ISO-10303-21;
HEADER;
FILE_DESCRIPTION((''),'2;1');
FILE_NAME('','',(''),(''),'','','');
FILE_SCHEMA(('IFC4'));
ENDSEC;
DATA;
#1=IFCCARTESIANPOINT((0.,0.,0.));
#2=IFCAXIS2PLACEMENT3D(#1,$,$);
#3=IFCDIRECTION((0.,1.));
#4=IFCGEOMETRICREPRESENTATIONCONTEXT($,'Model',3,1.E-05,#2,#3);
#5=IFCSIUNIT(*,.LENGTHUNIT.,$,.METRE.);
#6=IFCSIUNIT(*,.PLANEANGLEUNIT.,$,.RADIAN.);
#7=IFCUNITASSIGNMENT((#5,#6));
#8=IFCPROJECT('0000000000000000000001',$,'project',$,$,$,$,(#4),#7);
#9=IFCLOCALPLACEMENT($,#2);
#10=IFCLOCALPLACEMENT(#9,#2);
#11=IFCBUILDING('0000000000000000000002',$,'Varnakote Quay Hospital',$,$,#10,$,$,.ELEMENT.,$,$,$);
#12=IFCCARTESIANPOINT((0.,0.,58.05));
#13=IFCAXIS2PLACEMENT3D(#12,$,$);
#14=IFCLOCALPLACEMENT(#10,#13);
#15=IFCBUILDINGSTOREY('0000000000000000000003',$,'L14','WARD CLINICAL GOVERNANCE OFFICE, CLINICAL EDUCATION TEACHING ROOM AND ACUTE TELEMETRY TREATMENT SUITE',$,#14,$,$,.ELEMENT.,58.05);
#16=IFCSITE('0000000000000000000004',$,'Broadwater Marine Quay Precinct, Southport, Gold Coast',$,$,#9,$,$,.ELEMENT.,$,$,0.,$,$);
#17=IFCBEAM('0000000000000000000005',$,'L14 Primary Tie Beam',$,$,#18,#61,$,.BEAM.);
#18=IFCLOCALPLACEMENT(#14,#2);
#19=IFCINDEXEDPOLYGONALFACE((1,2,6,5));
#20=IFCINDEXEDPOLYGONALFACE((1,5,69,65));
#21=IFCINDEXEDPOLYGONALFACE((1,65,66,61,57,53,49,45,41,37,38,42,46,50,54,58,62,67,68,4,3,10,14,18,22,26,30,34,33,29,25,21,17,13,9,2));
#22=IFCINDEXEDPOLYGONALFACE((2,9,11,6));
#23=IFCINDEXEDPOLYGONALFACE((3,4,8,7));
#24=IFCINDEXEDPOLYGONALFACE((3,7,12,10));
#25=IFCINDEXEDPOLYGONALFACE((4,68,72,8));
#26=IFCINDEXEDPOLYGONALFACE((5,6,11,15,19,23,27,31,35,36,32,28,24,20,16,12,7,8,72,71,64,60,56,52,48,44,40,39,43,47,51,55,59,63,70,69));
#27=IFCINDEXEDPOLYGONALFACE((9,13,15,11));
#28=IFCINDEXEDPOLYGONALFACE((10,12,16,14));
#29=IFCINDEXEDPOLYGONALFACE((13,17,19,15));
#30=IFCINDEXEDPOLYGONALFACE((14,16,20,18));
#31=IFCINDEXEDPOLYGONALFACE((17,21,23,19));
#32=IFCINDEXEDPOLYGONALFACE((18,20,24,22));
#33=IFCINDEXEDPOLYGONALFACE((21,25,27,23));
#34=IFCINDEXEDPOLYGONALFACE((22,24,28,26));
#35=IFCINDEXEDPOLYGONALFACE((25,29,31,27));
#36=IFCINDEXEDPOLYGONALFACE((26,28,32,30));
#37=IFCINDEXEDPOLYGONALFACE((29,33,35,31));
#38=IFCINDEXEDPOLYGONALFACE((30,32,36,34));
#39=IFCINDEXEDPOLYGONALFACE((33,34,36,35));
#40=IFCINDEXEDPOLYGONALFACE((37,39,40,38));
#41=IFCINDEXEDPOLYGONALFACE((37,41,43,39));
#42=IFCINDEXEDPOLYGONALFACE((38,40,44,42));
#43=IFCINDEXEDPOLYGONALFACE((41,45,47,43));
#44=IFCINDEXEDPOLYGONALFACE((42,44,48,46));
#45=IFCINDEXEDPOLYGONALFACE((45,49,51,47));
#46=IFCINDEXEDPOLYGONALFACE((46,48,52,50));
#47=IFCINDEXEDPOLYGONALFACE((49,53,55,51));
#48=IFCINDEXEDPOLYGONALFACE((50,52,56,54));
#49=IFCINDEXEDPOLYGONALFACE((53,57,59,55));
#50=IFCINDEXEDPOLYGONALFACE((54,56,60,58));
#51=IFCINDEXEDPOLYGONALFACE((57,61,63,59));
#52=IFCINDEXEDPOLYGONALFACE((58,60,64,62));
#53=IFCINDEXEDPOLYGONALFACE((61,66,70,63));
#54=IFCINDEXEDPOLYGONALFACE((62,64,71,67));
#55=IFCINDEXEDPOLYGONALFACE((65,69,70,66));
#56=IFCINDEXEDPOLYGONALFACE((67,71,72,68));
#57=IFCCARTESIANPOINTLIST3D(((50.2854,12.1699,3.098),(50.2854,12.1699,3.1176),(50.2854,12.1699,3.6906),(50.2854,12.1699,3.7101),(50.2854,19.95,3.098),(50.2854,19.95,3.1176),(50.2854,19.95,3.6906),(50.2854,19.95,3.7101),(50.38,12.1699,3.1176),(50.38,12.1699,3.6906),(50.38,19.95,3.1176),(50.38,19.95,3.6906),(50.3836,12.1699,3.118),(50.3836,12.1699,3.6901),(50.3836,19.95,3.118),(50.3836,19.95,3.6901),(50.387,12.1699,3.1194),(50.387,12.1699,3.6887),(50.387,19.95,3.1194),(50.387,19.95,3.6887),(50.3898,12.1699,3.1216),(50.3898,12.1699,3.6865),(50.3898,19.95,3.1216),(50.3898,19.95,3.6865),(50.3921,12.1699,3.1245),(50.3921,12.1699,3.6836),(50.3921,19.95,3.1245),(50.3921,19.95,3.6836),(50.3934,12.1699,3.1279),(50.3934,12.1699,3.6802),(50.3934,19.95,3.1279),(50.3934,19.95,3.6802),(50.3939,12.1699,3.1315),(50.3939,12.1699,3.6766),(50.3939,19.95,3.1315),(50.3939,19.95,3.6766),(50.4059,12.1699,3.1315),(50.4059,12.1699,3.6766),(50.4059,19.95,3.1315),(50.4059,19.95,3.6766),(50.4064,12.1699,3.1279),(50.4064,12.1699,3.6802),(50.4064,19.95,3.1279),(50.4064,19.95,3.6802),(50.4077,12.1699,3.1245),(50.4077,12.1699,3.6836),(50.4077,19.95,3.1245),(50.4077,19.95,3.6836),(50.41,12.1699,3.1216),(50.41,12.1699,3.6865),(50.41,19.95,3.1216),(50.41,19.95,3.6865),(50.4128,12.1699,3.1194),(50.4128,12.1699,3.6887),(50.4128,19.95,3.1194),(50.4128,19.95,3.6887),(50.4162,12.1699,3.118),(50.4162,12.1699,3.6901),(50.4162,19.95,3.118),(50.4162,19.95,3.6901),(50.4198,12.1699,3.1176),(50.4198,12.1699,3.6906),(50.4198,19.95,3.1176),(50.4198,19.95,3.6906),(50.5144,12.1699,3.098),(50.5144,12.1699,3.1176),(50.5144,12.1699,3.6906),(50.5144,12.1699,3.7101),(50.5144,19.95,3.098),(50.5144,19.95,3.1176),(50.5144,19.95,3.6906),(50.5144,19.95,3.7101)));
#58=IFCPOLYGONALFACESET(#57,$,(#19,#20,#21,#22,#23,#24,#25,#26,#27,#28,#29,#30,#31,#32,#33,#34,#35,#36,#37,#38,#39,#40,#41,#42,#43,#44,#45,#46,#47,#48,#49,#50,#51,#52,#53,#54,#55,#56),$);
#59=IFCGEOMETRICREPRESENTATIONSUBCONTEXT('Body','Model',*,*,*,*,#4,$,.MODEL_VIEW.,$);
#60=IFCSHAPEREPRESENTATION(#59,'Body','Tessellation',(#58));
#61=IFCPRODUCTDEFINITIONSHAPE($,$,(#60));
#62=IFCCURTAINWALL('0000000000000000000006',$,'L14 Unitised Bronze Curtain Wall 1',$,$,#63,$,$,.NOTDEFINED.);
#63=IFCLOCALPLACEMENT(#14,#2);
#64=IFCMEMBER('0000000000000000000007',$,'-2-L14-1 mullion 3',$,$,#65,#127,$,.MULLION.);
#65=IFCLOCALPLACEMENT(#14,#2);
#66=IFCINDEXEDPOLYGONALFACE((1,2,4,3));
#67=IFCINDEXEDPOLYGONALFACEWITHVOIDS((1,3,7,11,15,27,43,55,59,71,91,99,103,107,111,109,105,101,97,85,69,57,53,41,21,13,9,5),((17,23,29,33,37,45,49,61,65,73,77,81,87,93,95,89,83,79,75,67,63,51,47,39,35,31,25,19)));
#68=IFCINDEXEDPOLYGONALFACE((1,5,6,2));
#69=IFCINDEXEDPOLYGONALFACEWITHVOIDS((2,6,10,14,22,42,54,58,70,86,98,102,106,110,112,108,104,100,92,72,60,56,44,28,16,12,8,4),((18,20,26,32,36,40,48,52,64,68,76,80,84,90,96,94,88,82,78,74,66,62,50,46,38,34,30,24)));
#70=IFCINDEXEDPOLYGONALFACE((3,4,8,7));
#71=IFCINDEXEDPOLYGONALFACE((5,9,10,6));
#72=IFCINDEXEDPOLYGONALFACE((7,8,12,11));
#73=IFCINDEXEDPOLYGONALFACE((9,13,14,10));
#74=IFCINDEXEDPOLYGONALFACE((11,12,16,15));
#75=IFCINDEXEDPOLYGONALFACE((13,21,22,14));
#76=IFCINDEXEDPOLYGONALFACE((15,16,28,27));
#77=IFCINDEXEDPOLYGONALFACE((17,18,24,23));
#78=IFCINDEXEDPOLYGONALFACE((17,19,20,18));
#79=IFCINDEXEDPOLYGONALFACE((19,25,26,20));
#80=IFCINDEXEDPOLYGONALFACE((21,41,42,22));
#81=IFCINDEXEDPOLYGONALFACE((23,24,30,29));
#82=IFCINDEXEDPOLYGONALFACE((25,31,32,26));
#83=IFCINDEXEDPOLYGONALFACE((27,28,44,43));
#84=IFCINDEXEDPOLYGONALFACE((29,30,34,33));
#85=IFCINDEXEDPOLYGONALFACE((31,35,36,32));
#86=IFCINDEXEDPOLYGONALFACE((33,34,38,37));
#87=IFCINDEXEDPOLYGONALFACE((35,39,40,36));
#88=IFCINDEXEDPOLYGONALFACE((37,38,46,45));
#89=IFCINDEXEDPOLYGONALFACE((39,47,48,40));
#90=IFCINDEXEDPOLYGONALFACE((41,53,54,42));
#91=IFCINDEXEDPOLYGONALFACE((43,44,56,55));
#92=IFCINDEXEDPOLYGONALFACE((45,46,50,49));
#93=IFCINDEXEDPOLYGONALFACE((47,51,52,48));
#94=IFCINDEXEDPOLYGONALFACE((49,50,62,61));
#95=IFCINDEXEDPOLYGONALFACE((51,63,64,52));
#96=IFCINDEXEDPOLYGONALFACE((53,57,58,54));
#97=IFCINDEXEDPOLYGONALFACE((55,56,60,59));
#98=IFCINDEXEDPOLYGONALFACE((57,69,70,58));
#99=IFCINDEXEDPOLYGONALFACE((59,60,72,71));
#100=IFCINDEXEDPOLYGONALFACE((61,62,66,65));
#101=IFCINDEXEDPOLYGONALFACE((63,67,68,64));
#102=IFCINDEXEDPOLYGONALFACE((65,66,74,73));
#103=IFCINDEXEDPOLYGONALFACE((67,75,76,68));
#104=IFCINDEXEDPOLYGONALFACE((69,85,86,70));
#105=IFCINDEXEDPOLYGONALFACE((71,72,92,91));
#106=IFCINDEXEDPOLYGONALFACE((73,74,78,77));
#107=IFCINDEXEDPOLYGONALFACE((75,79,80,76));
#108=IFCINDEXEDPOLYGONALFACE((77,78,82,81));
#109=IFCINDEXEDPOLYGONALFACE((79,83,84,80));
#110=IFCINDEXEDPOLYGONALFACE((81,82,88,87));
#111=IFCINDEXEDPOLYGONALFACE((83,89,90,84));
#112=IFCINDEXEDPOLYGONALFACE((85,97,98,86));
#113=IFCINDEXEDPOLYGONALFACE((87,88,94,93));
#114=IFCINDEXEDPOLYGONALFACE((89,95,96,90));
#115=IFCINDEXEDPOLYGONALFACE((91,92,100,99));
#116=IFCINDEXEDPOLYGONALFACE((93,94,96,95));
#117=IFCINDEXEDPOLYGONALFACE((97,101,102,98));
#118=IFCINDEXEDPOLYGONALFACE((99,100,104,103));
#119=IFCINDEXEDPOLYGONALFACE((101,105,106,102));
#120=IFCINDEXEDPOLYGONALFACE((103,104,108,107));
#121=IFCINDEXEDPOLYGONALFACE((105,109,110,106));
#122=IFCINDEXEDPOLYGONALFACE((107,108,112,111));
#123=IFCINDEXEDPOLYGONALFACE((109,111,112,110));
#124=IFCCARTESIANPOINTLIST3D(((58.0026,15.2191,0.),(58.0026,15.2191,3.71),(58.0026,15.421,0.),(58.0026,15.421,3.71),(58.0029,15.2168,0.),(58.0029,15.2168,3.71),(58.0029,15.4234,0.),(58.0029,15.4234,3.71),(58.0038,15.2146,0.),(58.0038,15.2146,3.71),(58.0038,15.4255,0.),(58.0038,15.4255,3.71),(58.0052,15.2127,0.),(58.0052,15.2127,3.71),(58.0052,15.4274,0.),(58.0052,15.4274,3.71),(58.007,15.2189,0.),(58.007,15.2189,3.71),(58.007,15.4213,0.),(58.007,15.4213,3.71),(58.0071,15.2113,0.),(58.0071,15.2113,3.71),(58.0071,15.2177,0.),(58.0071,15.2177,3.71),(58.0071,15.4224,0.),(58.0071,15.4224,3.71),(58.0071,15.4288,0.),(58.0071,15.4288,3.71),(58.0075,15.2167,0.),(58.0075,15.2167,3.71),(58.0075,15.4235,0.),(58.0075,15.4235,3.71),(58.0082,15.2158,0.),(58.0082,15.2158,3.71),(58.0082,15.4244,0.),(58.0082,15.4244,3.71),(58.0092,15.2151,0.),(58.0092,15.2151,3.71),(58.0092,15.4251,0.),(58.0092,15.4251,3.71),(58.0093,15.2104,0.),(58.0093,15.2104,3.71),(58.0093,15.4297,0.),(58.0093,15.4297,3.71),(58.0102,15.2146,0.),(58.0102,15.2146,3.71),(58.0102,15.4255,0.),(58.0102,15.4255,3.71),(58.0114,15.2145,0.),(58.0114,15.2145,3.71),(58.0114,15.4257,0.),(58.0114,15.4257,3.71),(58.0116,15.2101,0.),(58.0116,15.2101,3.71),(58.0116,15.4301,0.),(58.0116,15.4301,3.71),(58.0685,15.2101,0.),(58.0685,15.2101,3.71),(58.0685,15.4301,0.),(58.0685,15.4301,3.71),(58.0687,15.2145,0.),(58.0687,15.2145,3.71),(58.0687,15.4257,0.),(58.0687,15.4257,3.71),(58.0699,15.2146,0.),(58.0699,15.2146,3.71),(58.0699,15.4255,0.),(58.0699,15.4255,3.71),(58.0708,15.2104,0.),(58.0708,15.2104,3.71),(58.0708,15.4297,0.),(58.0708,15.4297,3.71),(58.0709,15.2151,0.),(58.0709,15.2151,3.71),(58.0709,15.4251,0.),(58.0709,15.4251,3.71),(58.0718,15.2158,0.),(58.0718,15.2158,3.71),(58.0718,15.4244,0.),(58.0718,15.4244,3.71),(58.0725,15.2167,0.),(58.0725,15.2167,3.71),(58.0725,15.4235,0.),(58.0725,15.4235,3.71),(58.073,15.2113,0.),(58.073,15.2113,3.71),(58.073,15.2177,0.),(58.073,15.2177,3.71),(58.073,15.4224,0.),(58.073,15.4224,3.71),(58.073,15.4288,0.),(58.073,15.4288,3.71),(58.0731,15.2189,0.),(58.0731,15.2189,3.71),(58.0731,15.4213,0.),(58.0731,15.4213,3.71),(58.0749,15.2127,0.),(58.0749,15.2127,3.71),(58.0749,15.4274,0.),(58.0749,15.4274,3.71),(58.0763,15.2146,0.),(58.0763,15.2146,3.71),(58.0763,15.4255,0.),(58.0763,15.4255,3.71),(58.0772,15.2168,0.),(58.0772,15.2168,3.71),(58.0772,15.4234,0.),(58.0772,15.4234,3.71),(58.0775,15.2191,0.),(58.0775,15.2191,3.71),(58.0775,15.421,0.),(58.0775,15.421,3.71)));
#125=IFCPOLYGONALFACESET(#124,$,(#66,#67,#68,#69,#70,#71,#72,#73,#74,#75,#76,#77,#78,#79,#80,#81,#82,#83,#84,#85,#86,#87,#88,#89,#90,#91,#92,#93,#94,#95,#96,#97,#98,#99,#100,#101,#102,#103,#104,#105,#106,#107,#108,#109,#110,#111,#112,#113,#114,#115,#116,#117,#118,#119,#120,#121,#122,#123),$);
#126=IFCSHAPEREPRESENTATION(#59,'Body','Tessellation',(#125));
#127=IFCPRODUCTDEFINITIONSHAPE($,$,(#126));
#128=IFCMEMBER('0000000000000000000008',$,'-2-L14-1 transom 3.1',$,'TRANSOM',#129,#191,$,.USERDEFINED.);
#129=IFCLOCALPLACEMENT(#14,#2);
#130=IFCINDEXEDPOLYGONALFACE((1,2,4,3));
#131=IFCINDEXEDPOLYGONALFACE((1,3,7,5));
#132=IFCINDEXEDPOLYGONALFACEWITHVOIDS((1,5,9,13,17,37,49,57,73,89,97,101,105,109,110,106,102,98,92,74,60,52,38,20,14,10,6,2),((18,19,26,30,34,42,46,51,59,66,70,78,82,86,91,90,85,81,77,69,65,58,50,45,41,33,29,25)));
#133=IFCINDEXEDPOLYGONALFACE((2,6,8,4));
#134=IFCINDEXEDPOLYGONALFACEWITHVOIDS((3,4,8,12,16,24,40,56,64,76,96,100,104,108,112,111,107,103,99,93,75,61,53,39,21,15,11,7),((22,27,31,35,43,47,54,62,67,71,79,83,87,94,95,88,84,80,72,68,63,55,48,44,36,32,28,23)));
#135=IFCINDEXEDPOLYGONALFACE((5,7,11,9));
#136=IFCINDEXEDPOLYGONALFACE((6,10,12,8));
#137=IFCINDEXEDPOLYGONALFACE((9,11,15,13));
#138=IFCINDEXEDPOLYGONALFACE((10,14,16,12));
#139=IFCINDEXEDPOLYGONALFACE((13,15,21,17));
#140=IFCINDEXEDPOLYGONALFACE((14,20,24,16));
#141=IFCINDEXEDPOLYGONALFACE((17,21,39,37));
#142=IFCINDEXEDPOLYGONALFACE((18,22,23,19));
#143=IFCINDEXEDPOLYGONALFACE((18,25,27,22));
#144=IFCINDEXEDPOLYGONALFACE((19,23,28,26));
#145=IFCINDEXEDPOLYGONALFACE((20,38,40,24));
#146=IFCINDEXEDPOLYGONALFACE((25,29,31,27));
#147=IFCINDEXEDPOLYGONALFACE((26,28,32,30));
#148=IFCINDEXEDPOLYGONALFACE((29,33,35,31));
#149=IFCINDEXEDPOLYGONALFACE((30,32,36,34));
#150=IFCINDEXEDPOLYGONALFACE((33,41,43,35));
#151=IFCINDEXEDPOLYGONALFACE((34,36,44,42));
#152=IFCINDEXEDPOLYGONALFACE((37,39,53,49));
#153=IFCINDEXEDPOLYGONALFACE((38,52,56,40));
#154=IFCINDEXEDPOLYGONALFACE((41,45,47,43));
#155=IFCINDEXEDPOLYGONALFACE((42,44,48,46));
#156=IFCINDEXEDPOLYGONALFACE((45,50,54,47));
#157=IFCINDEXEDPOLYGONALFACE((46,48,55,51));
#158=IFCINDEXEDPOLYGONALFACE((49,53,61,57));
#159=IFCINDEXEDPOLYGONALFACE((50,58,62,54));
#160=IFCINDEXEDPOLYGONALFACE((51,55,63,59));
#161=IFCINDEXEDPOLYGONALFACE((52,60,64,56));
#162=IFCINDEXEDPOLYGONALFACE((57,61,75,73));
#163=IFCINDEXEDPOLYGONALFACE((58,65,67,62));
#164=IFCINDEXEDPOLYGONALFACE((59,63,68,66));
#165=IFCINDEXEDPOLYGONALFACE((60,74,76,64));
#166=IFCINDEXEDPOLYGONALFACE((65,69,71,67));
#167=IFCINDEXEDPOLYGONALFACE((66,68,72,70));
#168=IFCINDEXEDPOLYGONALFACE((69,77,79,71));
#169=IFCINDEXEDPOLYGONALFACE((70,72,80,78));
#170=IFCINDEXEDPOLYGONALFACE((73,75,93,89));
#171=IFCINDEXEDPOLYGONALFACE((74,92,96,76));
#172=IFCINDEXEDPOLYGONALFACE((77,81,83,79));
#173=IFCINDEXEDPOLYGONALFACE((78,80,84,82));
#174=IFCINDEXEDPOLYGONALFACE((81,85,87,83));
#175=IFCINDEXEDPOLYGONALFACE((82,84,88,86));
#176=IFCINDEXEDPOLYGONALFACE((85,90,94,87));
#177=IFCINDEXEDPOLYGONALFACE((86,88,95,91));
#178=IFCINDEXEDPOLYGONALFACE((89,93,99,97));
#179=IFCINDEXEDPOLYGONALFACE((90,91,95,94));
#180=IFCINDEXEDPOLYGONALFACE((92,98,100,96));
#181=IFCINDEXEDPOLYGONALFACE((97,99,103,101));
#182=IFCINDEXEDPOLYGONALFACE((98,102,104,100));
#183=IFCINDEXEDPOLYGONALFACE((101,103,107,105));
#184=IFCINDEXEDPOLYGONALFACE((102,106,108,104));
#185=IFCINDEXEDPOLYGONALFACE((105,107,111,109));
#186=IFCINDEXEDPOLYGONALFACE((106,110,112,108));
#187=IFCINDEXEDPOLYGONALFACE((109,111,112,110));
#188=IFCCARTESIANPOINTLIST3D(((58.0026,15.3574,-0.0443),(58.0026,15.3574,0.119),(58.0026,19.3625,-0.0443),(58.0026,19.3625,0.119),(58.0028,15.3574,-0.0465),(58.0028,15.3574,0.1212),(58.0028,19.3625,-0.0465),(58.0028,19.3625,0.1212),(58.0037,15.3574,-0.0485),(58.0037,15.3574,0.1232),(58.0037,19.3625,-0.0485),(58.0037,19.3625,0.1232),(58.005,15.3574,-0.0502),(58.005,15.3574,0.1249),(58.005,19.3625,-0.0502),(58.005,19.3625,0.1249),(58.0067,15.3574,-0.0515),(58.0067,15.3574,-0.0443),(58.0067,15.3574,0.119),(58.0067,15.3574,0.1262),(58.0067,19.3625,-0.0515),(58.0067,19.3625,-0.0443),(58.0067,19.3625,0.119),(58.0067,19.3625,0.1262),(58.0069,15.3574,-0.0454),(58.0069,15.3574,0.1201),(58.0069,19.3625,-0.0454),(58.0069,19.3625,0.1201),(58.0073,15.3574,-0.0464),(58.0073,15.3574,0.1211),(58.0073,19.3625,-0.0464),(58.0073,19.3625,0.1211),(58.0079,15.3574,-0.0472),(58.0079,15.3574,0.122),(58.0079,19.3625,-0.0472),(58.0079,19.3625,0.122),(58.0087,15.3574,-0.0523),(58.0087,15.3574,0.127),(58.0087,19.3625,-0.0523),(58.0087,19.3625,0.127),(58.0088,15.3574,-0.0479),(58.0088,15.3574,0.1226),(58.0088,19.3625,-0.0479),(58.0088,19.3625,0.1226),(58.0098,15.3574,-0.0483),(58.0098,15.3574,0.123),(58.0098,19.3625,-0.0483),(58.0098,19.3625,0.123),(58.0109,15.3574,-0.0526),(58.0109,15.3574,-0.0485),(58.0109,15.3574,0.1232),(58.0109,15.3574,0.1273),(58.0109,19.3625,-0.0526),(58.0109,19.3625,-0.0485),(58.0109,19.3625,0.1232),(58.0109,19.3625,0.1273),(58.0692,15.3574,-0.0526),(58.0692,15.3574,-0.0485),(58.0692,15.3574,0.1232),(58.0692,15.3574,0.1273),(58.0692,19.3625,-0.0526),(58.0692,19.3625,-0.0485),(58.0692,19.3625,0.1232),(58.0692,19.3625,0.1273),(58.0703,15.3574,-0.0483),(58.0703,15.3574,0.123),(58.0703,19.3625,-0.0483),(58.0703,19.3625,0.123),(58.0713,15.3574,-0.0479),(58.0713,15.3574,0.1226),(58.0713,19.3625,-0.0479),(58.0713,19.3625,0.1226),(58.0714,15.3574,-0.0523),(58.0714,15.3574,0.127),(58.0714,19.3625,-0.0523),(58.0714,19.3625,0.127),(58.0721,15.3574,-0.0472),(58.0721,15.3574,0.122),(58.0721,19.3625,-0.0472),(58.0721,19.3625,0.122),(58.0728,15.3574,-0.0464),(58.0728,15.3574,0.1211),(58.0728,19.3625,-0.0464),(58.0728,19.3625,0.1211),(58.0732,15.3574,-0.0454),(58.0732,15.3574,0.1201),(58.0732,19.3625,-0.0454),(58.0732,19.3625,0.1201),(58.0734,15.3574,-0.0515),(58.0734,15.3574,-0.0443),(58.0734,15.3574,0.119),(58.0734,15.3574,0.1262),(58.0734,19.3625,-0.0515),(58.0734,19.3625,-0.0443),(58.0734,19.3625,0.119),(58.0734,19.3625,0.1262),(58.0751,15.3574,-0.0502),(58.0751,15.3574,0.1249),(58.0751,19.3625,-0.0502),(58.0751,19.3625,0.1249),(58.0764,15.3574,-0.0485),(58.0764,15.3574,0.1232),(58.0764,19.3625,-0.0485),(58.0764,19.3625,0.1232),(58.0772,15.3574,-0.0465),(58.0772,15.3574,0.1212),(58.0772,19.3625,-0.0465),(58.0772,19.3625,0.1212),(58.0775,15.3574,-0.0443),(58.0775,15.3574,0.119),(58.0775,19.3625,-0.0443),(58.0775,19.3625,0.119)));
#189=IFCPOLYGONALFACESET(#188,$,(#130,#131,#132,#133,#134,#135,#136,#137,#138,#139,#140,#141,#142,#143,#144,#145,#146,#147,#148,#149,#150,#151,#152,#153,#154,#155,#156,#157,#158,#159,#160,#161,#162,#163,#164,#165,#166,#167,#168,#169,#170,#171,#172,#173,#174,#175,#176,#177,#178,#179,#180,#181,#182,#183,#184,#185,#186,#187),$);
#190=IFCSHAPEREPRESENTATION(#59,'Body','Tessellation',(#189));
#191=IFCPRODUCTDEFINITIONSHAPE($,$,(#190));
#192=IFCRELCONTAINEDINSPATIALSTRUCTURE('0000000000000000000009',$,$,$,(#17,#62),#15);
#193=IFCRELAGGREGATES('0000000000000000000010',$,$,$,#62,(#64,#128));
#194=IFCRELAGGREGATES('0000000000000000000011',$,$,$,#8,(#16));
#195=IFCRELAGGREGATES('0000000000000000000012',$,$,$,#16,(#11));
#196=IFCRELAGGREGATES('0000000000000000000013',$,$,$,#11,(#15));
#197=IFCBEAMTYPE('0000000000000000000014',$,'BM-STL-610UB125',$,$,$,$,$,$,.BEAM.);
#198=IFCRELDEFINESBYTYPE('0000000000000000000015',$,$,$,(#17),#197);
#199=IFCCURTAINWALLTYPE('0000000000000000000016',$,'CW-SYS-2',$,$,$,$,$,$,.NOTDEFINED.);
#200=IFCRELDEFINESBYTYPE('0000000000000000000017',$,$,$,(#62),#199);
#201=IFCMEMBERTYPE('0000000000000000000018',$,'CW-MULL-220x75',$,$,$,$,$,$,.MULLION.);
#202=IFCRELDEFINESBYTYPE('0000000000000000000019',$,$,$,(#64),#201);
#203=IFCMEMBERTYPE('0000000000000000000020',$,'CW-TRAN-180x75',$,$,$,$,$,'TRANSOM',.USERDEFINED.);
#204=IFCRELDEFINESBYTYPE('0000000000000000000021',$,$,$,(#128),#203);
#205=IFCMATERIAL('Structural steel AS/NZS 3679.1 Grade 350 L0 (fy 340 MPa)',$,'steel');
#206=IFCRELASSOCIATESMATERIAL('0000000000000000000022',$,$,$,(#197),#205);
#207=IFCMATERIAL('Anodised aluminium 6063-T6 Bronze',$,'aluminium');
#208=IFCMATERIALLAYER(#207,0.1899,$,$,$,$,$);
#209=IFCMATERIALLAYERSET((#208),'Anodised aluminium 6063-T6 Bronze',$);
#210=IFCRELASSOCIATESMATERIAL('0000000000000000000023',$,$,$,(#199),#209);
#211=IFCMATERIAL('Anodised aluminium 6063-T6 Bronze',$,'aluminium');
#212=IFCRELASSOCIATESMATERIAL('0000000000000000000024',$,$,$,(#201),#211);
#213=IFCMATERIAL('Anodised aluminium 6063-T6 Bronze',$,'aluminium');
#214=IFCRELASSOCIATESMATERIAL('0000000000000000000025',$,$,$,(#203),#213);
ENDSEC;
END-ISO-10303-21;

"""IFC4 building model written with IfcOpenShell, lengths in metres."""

from ifc_helpers import new_model, si_unit, direction, frame, origin, origin_2d, place, context, subcontext, project, spatial, hollow_rectangle, i_section, extrude, material, layer, layer_set, material_profile, profile_set, type_object, element, aggregate, save


model = new_model("IFC4")

# Units and contexts
model_context = context("Model", 3, precision=1e-05, world=origin(), true_north=direction((0.0, 1.0)))
body_context = subcontext(model_context, "Body", "Model", "MODEL_VIEW")
ifc_project = project(units=[si_unit("LENGTHUNIT", "METRE"), si_unit("PLANEANGLEUNIT", "RADIAN")], contexts=[model_context])

# Site, building, storey
site_placement = place(None, origin())
site = spatial("IfcSite", under=ifc_project, at=site_placement, Name="Broadwater Marine Quay Precinct, Southport, Gold Coast", CompositionType="ELEMENT", RefElevation=0.0)
building_placement = place(site_placement, origin())
building = spatial("IfcBuilding", under=site, at=building_placement, Name="Varnakote Quay Hospital", CompositionType="ELEMENT")
storey_placement = place(building_placement, frame((0.0, 0.0, 58.05)))
storey = spatial("IfcBuildingStorey", under=building, at=storey_placement, Name="L14", Description="WARD CLINICAL GOVERNANCE OFFICE, CLINICAL EDUCATION TEACHING ROOM AND ACUTE TELEMETRY TREATMENT SUITE", CompositionType="ELEMENT", Elevation=58.05)

# Beam
ifc_material_1 = material(Name="Structural steel AS/NZS 3679.1 Grade 350 L0 (fy 340 MPa)", Category="steel")
ifc_material_profile_1 = material_profile(ifc_material_1, i_section(OverallWidth=0.229, OverallDepth=0.6121, WebThickness=0.012, FlangeThickness=0.0195, FilletRadius=0.0139, at=origin_2d()), Name="610UB125")
ifc_profile_set_1 = profile_set([ifc_material_profile_1], Name="Structural steel AS/NZS 3679.1 Grade 350 L0 (fy 340 MPa)")
beam_type = type_object("IfcBeamType", Name="BM-STL-610UB125", PredefinedType="BEAM", material=ifc_profile_set_1)
beam_placement = place(storey_placement, frame((50.3999, 12.1699, 3.4041), z_axis=(0.0, 1.0, 0.0), x_axis=(-1.0, 0.0, 0.0)))
element("IfcBeam", 1, at=beam_placement, inside=storey, type_object=beam_type, Name="L14 Primary Tie Beam", PredefinedType="BEAM", context=body_context, shape_type="SweptSolid", body=[
    extrude(i_section(OverallWidth=0.229, OverallDepth=0.6121, WebThickness=0.012, FlangeThickness=0.0195, FilletRadius=0.0139, at=origin_2d()), origin(), (0.0, 0.0, 1.0), 7.78),
])

# Curtain wall, members
ifc_material_2 = material(Name="Anodised aluminium 6063-T6 Bronze", Category="aluminium")
ifc_layer_1 = layer(ifc_material_2, 0.1899)
ifc_layer_set_1 = layer_set([ifc_layer_1], Name="Anodised aluminium 6063-T6 Bronze")
curtain_wall_type = type_object("IfcCurtainWallType", Name="CW-SYS-2", PredefinedType="NOTDEFINED", material=ifc_layer_set_1)
curtain_wall_placement = place(storey_placement, origin())
curtain_wall = element("IfcCurtainWall", 2, at=curtain_wall_placement, inside=storey, type_object=curtain_wall_type, Name="L14 Unitised Bronze Curtain Wall 1", PredefinedType="NOTDEFINED")
ifc_material_3 = material(Name="Anodised aluminium 6063-T6 Bronze", Category="aluminium")
ifc_material_profile_2 = material_profile(ifc_material_3, hollow_rectangle(XDim=0.075, YDim=0.22, WallThickness=0.0044, InnerFilletRadius=0.0044, OuterFilletRadius=0.009, at=origin_2d()), Name="CW-MULL-220x75")
ifc_profile_set_2 = profile_set([ifc_material_profile_2], Name="Anodised aluminium 6063-T6 Bronze")
member_type_1 = type_object("IfcMemberType", Name="CW-MULL-220x75", PredefinedType="MULLION", material=ifc_profile_set_2)
member_1_placement = place(storey_placement, frame((58.04, 15.3201, 0.0), z_axis=(0.0, 0.0, 1.0), x_axis=(-1.0, 0.0, 0.0)))
member_1 = element("IfcMember", 3, at=member_1_placement, type_object=member_type_1, Name="-2-L14-1 mullion 3", PredefinedType="MULLION", context=body_context, shape_type="SweptSolid", body=[
    extrude(hollow_rectangle(XDim=0.075, YDim=0.22, WallThickness=0.0044, InnerFilletRadius=0.0044, OuterFilletRadius=0.009, at=origin_2d()), origin(), (0.0, 0.0, 1.0), 3.71),
])
ifc_material_4 = material(Name="Anodised aluminium 6063-T6 Bronze", Category="aluminium")
ifc_material_profile_3 = material_profile(ifc_material_4, hollow_rectangle(XDim=0.075, YDim=0.1799, WallThickness=0.0042, InnerFilletRadius=0.0042, OuterFilletRadius=0.0083, at=origin_2d()), Name="CW-TRAN-180x75")
ifc_profile_set_3 = profile_set([ifc_material_profile_3], Name="Anodised aluminium 6063-T6 Bronze")
member_type_2 = type_object("IfcMemberType", Name="CW-TRAN-180x75", ElementType="TRANSOM", PredefinedType="USERDEFINED", material=ifc_profile_set_3)
member_2_placement = place(storey_placement, frame((58.04, 15.3574, 0.0374), z_axis=(0.0, 1.0, 0.0), x_axis=(-1.0, 0.0, 0.0)))
member_2 = element("IfcMember", 4, at=member_2_placement, type_object=member_type_2, Name="-2-L14-1 transom 3.1", ObjectType="TRANSOM", PredefinedType="USERDEFINED", context=body_context, shape_type="SweptSolid", body=[
    extrude(hollow_rectangle(XDim=0.075, YDim=0.1799, WallThickness=0.0042, InnerFilletRadius=0.0042, OuterFilletRadius=0.0083, at=origin_2d()), origin(), (0.0, 0.0, 1.0), 4.0051),
])
aggregate(curtain_wall, [member_1, member_2])

save(model, "model.ifc")
